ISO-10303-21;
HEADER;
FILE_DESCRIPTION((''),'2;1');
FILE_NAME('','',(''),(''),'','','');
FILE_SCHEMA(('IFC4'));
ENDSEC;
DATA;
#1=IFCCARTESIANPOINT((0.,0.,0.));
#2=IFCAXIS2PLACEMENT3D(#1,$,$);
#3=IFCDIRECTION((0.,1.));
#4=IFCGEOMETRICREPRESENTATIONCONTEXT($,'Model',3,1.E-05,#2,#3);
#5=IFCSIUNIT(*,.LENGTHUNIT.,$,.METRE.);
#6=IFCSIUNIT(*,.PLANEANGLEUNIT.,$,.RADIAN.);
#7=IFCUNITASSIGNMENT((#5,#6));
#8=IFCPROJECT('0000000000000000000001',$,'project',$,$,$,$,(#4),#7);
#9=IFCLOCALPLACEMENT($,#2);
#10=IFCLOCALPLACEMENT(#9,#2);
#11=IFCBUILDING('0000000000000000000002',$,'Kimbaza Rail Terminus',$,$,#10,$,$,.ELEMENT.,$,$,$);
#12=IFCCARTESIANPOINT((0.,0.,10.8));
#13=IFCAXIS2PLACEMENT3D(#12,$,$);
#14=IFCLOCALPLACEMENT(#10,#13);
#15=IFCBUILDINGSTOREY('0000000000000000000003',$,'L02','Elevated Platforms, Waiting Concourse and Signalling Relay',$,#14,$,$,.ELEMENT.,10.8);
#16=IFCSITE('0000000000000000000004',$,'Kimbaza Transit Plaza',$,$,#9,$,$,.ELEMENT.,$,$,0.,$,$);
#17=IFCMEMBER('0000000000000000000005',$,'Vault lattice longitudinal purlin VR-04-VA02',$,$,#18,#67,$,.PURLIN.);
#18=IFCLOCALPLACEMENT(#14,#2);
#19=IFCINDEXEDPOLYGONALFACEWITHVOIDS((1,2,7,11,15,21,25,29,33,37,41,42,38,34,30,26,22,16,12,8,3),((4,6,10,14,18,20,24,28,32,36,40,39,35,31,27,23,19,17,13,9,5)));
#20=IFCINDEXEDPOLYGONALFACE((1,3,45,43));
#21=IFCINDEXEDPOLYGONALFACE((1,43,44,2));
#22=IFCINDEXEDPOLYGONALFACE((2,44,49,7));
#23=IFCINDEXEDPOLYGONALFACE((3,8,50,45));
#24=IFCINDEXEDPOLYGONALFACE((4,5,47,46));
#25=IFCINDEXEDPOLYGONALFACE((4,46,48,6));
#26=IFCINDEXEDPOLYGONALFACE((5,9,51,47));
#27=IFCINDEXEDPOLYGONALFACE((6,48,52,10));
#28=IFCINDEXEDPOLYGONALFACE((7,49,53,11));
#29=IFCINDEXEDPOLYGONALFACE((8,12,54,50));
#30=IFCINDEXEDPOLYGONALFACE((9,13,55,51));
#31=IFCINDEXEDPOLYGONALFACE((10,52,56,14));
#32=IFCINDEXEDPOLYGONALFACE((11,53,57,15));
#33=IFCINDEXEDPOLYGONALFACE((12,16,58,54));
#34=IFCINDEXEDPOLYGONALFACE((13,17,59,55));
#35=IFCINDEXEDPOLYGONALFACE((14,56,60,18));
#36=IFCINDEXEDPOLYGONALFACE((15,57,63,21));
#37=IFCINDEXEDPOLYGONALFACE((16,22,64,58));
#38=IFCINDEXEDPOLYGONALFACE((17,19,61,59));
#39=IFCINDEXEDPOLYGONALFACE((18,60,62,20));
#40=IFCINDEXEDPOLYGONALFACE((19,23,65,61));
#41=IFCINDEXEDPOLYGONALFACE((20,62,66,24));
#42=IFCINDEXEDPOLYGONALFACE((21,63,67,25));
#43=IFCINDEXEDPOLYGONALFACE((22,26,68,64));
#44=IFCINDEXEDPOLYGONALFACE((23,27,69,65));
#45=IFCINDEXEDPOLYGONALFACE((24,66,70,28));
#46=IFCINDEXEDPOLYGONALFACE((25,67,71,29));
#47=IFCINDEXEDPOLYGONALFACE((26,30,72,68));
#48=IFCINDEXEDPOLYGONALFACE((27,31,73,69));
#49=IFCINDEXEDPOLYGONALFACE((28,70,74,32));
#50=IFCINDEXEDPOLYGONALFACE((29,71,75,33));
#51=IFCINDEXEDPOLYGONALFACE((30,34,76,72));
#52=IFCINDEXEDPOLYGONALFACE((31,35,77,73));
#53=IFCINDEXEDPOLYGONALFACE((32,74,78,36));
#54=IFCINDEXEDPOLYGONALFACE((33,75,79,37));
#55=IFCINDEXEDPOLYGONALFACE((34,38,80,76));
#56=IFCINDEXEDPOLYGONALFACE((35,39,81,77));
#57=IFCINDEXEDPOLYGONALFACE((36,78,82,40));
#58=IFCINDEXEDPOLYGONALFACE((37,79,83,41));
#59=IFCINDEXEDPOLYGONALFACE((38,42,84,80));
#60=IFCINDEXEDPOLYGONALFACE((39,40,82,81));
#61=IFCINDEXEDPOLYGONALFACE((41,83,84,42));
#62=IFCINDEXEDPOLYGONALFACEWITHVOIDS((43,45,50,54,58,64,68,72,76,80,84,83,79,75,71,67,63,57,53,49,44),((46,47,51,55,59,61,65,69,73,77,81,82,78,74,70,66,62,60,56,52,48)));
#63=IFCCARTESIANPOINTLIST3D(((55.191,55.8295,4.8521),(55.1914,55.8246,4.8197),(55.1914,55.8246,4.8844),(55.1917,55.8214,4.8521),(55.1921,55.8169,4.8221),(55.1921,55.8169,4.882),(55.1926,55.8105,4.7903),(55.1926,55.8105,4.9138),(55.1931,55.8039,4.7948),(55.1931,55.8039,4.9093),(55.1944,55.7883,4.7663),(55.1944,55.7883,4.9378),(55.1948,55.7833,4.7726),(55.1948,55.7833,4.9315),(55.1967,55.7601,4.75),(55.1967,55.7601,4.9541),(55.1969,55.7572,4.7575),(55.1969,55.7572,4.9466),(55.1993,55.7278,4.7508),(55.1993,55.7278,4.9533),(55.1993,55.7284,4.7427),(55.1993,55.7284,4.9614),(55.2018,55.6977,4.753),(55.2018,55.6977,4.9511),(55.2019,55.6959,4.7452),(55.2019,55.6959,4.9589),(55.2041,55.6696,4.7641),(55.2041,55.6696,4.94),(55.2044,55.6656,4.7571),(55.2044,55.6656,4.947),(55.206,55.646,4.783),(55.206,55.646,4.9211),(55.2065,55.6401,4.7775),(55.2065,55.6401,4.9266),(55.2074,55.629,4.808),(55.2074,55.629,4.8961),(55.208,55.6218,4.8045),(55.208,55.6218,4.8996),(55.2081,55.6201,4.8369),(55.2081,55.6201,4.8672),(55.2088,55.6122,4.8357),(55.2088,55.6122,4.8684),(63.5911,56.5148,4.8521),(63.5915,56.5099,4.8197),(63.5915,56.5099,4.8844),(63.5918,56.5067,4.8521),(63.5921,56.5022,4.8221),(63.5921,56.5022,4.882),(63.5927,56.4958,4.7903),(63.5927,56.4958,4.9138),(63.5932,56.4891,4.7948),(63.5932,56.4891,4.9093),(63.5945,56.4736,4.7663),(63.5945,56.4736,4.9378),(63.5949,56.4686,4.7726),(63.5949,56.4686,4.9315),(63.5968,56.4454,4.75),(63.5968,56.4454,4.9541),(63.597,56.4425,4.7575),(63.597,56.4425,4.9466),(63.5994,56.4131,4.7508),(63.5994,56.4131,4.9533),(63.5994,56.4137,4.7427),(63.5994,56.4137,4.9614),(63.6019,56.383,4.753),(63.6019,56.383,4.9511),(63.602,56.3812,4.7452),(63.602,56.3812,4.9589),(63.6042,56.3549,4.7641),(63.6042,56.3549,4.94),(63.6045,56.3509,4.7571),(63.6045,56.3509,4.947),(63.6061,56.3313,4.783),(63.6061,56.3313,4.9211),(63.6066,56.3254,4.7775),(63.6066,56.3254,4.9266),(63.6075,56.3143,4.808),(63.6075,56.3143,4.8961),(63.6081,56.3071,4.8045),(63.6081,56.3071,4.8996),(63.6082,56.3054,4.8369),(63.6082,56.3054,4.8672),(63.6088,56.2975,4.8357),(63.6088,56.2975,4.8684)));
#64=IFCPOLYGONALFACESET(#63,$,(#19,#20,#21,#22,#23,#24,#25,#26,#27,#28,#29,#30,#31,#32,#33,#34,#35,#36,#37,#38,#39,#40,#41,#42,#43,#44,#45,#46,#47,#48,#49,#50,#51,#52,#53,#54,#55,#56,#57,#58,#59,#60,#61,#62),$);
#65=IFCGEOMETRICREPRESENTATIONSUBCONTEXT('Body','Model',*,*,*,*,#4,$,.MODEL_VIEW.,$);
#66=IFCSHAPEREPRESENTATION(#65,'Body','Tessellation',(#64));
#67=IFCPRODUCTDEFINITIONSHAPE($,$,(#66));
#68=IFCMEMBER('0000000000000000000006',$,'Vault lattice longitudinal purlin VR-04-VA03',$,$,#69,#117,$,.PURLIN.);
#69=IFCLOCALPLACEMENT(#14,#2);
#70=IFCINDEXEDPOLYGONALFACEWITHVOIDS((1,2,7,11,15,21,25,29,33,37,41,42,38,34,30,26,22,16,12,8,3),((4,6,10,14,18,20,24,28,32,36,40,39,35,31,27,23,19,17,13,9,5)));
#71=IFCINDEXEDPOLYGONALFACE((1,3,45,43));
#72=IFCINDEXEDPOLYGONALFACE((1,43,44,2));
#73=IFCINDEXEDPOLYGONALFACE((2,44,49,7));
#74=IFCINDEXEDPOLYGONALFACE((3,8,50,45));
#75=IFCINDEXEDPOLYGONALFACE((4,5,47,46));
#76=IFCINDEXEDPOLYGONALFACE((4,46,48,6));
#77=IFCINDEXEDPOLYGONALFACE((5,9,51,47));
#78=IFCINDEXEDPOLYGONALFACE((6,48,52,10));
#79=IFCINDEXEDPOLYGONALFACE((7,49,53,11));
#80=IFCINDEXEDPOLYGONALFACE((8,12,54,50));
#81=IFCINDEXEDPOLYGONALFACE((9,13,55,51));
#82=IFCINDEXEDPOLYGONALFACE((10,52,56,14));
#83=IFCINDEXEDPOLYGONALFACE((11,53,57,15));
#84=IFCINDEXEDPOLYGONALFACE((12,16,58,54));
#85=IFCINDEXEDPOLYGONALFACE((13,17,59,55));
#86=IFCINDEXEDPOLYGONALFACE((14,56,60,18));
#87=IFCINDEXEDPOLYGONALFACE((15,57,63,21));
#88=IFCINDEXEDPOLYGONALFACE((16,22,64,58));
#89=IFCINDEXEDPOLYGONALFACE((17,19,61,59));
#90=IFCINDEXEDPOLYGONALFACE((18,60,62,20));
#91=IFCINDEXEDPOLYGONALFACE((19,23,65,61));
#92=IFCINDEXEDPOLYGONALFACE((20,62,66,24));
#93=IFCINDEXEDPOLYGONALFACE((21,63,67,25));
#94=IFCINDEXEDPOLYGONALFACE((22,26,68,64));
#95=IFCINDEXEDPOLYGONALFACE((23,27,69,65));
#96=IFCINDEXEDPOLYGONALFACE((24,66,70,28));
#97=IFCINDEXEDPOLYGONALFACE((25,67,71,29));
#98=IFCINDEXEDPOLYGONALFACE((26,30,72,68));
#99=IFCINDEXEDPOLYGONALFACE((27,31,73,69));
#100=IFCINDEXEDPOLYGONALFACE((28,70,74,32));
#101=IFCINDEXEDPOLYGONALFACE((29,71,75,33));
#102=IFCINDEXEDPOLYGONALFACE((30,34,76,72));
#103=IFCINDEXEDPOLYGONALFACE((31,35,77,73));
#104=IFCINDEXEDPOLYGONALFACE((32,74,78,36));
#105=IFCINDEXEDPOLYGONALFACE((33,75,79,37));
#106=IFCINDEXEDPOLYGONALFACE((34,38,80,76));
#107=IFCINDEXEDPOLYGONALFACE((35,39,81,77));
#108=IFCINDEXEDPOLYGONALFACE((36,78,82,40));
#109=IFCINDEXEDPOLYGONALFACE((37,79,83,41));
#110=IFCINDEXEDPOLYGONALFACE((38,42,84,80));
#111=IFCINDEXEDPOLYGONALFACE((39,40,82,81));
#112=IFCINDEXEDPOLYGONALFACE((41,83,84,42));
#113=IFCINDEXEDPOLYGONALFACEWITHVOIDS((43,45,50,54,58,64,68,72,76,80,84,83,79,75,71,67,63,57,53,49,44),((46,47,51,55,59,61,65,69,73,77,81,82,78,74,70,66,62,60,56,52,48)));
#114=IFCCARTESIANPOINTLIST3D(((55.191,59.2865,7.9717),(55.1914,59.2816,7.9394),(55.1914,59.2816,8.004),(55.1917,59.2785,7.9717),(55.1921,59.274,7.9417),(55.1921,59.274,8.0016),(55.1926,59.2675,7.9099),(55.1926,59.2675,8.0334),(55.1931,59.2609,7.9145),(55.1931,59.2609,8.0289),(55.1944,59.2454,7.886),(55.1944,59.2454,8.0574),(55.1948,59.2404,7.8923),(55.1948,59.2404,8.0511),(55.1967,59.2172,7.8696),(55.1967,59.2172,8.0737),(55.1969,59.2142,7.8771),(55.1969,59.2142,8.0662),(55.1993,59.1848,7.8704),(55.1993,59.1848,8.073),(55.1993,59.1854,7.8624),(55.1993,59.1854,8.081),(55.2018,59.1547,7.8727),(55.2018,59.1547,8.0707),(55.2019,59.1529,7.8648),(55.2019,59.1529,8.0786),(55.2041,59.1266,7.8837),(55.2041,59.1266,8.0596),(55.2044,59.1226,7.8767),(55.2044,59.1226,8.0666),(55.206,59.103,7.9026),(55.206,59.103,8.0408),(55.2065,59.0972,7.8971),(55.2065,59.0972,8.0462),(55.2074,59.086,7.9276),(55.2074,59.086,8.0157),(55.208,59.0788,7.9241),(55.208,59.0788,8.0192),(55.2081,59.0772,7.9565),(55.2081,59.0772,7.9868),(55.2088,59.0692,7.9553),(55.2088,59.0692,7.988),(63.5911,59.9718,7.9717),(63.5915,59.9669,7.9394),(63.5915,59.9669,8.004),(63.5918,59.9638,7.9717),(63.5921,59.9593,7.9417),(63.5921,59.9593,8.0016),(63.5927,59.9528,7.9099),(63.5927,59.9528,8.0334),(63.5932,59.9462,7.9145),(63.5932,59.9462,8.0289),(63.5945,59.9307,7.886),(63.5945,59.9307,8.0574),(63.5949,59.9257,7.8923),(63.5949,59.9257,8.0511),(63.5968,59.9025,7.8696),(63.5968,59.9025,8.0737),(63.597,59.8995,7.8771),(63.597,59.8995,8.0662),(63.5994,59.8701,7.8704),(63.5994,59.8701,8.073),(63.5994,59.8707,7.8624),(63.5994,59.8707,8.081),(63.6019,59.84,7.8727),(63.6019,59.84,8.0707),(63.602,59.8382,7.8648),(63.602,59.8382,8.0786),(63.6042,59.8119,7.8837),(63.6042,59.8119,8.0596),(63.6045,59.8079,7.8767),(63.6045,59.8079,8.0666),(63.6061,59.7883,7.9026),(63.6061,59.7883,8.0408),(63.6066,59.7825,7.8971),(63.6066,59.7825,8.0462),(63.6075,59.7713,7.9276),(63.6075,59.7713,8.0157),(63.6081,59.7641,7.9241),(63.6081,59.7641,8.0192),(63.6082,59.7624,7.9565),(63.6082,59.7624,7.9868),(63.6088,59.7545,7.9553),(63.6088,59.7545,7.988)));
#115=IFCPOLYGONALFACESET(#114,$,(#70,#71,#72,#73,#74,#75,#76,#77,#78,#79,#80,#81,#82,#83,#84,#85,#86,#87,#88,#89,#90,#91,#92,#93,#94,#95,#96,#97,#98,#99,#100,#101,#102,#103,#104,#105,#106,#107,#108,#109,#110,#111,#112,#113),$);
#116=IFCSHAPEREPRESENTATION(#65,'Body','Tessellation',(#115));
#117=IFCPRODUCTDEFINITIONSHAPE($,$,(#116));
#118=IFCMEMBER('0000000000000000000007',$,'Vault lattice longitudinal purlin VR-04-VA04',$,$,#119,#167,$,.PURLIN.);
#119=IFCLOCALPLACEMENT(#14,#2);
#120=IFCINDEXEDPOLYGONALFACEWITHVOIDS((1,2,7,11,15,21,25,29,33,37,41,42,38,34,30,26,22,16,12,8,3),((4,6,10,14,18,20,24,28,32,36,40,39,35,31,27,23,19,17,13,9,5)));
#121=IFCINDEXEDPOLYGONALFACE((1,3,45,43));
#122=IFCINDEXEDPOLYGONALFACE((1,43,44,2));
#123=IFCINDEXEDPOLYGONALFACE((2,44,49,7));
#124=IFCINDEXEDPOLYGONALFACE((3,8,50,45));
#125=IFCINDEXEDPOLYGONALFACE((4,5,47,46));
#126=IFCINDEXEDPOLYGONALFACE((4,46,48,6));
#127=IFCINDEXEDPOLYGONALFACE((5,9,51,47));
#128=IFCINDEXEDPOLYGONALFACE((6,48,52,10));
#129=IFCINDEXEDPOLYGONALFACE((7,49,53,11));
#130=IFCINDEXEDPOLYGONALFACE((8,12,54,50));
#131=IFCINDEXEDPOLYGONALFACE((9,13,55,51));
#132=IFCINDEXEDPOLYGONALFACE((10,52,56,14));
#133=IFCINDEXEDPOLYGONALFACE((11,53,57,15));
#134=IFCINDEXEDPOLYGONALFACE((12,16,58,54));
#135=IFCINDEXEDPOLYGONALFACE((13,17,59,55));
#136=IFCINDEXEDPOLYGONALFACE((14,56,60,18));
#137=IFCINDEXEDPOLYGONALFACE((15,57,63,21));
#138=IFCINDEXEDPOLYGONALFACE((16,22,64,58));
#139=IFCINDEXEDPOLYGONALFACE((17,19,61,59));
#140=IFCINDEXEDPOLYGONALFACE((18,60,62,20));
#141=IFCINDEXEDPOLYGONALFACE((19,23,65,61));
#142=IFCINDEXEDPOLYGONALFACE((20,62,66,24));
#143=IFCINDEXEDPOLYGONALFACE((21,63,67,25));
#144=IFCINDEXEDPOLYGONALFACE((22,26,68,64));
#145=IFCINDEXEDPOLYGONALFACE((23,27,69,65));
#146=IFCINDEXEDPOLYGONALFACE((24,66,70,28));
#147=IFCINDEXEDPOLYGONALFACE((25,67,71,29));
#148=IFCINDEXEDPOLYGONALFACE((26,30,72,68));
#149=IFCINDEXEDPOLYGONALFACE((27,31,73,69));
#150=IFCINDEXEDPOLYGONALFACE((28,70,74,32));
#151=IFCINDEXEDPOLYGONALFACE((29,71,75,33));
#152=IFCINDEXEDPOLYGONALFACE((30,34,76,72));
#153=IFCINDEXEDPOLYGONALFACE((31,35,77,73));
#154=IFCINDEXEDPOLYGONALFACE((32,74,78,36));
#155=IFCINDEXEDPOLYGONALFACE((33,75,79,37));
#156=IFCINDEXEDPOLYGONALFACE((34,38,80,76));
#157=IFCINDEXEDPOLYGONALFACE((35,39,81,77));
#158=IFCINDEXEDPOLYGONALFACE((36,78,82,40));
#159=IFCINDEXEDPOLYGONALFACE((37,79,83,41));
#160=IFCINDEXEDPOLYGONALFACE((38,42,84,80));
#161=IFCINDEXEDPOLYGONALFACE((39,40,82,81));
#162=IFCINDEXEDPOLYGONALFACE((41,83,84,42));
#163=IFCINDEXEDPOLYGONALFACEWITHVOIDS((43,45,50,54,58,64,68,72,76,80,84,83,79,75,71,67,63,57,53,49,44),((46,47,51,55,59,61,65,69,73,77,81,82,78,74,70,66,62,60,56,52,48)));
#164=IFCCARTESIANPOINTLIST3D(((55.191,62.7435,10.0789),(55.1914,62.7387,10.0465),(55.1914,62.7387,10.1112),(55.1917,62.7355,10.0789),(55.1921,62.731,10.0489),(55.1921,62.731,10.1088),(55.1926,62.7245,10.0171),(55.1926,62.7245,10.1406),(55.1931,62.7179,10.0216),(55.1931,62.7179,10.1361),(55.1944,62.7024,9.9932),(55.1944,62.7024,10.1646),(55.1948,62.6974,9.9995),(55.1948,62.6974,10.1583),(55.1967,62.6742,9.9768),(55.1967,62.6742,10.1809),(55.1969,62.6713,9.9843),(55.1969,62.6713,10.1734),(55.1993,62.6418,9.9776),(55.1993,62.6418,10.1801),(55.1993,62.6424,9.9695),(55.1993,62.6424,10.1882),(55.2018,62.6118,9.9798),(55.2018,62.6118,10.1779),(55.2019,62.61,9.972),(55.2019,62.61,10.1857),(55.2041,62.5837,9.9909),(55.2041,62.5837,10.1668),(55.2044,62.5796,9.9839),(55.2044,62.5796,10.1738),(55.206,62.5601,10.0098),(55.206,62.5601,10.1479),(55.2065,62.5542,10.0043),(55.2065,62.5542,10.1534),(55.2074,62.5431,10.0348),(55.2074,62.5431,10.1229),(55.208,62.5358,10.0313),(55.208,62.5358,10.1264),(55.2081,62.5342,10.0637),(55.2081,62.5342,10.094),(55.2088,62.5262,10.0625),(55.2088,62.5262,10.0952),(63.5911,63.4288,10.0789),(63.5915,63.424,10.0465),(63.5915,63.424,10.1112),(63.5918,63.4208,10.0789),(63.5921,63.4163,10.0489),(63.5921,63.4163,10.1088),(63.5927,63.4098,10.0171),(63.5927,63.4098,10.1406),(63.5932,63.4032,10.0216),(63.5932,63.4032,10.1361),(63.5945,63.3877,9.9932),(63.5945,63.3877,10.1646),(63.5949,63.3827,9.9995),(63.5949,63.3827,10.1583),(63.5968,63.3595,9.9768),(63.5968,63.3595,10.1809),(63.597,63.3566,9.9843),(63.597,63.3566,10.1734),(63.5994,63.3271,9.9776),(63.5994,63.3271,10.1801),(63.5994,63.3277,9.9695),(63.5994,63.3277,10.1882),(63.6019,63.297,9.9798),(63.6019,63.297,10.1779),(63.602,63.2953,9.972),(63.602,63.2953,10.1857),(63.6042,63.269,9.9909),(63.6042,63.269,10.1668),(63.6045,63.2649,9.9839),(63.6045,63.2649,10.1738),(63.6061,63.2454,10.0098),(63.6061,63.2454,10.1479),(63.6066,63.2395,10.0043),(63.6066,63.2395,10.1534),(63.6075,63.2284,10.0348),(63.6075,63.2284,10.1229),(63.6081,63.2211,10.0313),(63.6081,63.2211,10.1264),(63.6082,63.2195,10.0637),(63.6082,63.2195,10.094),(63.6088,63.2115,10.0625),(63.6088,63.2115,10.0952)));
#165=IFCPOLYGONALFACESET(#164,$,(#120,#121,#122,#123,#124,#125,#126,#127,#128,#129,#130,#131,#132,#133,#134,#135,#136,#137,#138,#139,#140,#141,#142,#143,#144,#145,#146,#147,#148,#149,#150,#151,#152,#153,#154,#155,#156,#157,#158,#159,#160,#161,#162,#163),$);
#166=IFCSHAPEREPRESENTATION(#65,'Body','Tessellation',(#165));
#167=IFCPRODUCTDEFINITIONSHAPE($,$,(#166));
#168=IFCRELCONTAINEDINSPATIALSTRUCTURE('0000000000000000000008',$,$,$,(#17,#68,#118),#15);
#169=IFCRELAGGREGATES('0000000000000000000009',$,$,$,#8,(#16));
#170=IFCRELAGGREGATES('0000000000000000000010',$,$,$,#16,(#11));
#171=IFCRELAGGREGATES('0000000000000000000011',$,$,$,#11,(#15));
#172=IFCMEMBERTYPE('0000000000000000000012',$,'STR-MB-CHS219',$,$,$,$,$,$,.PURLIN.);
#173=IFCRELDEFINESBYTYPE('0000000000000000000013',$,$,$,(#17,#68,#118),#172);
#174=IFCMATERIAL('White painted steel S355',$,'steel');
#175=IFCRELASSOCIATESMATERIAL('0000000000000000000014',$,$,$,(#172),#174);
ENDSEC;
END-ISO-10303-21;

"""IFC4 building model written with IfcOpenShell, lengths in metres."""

from ifc_helpers import new_model, si_unit, direction, frame, origin, origin_2d, place, context, subcontext, project, spatial, hollow_circle, extrude, material, material_profile, profile_set, type_object, element, save


model = new_model("IFC4")

# Units and contexts
model_context = context("Model", 3, precision=1e-05, world=origin(), true_north=direction((0.0, 1.0)))
body_context = subcontext(model_context, "Body", "Model", "MODEL_VIEW")
ifc_project = project(units=[si_unit("LENGTHUNIT", "METRE"), si_unit("PLANEANGLEUNIT", "RADIAN")], contexts=[model_context])

# Site, building, storey
site_placement = place(None, origin())
site = spatial("IfcSite", under=ifc_project, at=site_placement, Name="Kimbaza Transit Plaza", CompositionType="ELEMENT", RefElevation=0.0)
building_placement = place(site_placement, origin())
building = spatial("IfcBuilding", under=site, at=building_placement, Name="Kimbaza Rail Terminus", CompositionType="ELEMENT")
storey_placement = place(building_placement, frame((0.0, 0.0, 10.8)))
storey = spatial("IfcBuildingStorey", under=building, at=storey_placement, Name="L02", Description="Elevated Platforms, Waiting Concourse and Signalling Relay", CompositionType="ELEMENT", Elevation=10.8)

# Members
ifc_material_1 = material(Name="White painted steel S355", Category="steel")
ifc_material_profile_1 = material_profile(ifc_material_1, hollow_circle(Radius=0.1096, WallThickness=0.0081, at=origin_2d()), Name="CHS 219.1x8")
ifc_profile_set_1 = profile_set([ifc_material_profile_1], Name="White painted steel S355")
member_type_1 = type_object("IfcMemberType", Name="STR-MB-CHS219", PredefinedType="PURLIN", material=ifc_profile_set_1)
for number, where, z_axis, x_axis, name in (
    (1, (55.2, 55.7202, 4.8521), (0.996689, 0.081312, 0.0), (-0.081312, 0.996689, 0.0), "Vault lattice longitudinal purlin VR-04-VA02"),
    (2, (55.2, 59.1772, 7.9717), (0.996689, 0.081312, 0.0), (-0.081312, 0.996689, 0.0), "Vault lattice longitudinal purlin VR-04-VA03"),
    (3, (55.2, 62.6343, 10.0789), (0.996689, 0.081312, 0.0), (-0.081312, 0.996689, 0.0), "Vault lattice longitudinal purlin VR-04-VA04"),
):
    element("IfcMember", number, at=place(storey_placement, frame(where, z_axis=z_axis, x_axis=x_axis)), inside=storey, type_object=member_type_1, Name=name, PredefinedType="PURLIN", context=body_context, shape_type="SweptSolid", body=[
        extrude(hollow_circle(Radius=0.1096, WallThickness=0.0081, at=origin_2d()), origin(), (0.0, 0.0, 1.0), 8.428),
    ])

save(model, "model.ifc")
